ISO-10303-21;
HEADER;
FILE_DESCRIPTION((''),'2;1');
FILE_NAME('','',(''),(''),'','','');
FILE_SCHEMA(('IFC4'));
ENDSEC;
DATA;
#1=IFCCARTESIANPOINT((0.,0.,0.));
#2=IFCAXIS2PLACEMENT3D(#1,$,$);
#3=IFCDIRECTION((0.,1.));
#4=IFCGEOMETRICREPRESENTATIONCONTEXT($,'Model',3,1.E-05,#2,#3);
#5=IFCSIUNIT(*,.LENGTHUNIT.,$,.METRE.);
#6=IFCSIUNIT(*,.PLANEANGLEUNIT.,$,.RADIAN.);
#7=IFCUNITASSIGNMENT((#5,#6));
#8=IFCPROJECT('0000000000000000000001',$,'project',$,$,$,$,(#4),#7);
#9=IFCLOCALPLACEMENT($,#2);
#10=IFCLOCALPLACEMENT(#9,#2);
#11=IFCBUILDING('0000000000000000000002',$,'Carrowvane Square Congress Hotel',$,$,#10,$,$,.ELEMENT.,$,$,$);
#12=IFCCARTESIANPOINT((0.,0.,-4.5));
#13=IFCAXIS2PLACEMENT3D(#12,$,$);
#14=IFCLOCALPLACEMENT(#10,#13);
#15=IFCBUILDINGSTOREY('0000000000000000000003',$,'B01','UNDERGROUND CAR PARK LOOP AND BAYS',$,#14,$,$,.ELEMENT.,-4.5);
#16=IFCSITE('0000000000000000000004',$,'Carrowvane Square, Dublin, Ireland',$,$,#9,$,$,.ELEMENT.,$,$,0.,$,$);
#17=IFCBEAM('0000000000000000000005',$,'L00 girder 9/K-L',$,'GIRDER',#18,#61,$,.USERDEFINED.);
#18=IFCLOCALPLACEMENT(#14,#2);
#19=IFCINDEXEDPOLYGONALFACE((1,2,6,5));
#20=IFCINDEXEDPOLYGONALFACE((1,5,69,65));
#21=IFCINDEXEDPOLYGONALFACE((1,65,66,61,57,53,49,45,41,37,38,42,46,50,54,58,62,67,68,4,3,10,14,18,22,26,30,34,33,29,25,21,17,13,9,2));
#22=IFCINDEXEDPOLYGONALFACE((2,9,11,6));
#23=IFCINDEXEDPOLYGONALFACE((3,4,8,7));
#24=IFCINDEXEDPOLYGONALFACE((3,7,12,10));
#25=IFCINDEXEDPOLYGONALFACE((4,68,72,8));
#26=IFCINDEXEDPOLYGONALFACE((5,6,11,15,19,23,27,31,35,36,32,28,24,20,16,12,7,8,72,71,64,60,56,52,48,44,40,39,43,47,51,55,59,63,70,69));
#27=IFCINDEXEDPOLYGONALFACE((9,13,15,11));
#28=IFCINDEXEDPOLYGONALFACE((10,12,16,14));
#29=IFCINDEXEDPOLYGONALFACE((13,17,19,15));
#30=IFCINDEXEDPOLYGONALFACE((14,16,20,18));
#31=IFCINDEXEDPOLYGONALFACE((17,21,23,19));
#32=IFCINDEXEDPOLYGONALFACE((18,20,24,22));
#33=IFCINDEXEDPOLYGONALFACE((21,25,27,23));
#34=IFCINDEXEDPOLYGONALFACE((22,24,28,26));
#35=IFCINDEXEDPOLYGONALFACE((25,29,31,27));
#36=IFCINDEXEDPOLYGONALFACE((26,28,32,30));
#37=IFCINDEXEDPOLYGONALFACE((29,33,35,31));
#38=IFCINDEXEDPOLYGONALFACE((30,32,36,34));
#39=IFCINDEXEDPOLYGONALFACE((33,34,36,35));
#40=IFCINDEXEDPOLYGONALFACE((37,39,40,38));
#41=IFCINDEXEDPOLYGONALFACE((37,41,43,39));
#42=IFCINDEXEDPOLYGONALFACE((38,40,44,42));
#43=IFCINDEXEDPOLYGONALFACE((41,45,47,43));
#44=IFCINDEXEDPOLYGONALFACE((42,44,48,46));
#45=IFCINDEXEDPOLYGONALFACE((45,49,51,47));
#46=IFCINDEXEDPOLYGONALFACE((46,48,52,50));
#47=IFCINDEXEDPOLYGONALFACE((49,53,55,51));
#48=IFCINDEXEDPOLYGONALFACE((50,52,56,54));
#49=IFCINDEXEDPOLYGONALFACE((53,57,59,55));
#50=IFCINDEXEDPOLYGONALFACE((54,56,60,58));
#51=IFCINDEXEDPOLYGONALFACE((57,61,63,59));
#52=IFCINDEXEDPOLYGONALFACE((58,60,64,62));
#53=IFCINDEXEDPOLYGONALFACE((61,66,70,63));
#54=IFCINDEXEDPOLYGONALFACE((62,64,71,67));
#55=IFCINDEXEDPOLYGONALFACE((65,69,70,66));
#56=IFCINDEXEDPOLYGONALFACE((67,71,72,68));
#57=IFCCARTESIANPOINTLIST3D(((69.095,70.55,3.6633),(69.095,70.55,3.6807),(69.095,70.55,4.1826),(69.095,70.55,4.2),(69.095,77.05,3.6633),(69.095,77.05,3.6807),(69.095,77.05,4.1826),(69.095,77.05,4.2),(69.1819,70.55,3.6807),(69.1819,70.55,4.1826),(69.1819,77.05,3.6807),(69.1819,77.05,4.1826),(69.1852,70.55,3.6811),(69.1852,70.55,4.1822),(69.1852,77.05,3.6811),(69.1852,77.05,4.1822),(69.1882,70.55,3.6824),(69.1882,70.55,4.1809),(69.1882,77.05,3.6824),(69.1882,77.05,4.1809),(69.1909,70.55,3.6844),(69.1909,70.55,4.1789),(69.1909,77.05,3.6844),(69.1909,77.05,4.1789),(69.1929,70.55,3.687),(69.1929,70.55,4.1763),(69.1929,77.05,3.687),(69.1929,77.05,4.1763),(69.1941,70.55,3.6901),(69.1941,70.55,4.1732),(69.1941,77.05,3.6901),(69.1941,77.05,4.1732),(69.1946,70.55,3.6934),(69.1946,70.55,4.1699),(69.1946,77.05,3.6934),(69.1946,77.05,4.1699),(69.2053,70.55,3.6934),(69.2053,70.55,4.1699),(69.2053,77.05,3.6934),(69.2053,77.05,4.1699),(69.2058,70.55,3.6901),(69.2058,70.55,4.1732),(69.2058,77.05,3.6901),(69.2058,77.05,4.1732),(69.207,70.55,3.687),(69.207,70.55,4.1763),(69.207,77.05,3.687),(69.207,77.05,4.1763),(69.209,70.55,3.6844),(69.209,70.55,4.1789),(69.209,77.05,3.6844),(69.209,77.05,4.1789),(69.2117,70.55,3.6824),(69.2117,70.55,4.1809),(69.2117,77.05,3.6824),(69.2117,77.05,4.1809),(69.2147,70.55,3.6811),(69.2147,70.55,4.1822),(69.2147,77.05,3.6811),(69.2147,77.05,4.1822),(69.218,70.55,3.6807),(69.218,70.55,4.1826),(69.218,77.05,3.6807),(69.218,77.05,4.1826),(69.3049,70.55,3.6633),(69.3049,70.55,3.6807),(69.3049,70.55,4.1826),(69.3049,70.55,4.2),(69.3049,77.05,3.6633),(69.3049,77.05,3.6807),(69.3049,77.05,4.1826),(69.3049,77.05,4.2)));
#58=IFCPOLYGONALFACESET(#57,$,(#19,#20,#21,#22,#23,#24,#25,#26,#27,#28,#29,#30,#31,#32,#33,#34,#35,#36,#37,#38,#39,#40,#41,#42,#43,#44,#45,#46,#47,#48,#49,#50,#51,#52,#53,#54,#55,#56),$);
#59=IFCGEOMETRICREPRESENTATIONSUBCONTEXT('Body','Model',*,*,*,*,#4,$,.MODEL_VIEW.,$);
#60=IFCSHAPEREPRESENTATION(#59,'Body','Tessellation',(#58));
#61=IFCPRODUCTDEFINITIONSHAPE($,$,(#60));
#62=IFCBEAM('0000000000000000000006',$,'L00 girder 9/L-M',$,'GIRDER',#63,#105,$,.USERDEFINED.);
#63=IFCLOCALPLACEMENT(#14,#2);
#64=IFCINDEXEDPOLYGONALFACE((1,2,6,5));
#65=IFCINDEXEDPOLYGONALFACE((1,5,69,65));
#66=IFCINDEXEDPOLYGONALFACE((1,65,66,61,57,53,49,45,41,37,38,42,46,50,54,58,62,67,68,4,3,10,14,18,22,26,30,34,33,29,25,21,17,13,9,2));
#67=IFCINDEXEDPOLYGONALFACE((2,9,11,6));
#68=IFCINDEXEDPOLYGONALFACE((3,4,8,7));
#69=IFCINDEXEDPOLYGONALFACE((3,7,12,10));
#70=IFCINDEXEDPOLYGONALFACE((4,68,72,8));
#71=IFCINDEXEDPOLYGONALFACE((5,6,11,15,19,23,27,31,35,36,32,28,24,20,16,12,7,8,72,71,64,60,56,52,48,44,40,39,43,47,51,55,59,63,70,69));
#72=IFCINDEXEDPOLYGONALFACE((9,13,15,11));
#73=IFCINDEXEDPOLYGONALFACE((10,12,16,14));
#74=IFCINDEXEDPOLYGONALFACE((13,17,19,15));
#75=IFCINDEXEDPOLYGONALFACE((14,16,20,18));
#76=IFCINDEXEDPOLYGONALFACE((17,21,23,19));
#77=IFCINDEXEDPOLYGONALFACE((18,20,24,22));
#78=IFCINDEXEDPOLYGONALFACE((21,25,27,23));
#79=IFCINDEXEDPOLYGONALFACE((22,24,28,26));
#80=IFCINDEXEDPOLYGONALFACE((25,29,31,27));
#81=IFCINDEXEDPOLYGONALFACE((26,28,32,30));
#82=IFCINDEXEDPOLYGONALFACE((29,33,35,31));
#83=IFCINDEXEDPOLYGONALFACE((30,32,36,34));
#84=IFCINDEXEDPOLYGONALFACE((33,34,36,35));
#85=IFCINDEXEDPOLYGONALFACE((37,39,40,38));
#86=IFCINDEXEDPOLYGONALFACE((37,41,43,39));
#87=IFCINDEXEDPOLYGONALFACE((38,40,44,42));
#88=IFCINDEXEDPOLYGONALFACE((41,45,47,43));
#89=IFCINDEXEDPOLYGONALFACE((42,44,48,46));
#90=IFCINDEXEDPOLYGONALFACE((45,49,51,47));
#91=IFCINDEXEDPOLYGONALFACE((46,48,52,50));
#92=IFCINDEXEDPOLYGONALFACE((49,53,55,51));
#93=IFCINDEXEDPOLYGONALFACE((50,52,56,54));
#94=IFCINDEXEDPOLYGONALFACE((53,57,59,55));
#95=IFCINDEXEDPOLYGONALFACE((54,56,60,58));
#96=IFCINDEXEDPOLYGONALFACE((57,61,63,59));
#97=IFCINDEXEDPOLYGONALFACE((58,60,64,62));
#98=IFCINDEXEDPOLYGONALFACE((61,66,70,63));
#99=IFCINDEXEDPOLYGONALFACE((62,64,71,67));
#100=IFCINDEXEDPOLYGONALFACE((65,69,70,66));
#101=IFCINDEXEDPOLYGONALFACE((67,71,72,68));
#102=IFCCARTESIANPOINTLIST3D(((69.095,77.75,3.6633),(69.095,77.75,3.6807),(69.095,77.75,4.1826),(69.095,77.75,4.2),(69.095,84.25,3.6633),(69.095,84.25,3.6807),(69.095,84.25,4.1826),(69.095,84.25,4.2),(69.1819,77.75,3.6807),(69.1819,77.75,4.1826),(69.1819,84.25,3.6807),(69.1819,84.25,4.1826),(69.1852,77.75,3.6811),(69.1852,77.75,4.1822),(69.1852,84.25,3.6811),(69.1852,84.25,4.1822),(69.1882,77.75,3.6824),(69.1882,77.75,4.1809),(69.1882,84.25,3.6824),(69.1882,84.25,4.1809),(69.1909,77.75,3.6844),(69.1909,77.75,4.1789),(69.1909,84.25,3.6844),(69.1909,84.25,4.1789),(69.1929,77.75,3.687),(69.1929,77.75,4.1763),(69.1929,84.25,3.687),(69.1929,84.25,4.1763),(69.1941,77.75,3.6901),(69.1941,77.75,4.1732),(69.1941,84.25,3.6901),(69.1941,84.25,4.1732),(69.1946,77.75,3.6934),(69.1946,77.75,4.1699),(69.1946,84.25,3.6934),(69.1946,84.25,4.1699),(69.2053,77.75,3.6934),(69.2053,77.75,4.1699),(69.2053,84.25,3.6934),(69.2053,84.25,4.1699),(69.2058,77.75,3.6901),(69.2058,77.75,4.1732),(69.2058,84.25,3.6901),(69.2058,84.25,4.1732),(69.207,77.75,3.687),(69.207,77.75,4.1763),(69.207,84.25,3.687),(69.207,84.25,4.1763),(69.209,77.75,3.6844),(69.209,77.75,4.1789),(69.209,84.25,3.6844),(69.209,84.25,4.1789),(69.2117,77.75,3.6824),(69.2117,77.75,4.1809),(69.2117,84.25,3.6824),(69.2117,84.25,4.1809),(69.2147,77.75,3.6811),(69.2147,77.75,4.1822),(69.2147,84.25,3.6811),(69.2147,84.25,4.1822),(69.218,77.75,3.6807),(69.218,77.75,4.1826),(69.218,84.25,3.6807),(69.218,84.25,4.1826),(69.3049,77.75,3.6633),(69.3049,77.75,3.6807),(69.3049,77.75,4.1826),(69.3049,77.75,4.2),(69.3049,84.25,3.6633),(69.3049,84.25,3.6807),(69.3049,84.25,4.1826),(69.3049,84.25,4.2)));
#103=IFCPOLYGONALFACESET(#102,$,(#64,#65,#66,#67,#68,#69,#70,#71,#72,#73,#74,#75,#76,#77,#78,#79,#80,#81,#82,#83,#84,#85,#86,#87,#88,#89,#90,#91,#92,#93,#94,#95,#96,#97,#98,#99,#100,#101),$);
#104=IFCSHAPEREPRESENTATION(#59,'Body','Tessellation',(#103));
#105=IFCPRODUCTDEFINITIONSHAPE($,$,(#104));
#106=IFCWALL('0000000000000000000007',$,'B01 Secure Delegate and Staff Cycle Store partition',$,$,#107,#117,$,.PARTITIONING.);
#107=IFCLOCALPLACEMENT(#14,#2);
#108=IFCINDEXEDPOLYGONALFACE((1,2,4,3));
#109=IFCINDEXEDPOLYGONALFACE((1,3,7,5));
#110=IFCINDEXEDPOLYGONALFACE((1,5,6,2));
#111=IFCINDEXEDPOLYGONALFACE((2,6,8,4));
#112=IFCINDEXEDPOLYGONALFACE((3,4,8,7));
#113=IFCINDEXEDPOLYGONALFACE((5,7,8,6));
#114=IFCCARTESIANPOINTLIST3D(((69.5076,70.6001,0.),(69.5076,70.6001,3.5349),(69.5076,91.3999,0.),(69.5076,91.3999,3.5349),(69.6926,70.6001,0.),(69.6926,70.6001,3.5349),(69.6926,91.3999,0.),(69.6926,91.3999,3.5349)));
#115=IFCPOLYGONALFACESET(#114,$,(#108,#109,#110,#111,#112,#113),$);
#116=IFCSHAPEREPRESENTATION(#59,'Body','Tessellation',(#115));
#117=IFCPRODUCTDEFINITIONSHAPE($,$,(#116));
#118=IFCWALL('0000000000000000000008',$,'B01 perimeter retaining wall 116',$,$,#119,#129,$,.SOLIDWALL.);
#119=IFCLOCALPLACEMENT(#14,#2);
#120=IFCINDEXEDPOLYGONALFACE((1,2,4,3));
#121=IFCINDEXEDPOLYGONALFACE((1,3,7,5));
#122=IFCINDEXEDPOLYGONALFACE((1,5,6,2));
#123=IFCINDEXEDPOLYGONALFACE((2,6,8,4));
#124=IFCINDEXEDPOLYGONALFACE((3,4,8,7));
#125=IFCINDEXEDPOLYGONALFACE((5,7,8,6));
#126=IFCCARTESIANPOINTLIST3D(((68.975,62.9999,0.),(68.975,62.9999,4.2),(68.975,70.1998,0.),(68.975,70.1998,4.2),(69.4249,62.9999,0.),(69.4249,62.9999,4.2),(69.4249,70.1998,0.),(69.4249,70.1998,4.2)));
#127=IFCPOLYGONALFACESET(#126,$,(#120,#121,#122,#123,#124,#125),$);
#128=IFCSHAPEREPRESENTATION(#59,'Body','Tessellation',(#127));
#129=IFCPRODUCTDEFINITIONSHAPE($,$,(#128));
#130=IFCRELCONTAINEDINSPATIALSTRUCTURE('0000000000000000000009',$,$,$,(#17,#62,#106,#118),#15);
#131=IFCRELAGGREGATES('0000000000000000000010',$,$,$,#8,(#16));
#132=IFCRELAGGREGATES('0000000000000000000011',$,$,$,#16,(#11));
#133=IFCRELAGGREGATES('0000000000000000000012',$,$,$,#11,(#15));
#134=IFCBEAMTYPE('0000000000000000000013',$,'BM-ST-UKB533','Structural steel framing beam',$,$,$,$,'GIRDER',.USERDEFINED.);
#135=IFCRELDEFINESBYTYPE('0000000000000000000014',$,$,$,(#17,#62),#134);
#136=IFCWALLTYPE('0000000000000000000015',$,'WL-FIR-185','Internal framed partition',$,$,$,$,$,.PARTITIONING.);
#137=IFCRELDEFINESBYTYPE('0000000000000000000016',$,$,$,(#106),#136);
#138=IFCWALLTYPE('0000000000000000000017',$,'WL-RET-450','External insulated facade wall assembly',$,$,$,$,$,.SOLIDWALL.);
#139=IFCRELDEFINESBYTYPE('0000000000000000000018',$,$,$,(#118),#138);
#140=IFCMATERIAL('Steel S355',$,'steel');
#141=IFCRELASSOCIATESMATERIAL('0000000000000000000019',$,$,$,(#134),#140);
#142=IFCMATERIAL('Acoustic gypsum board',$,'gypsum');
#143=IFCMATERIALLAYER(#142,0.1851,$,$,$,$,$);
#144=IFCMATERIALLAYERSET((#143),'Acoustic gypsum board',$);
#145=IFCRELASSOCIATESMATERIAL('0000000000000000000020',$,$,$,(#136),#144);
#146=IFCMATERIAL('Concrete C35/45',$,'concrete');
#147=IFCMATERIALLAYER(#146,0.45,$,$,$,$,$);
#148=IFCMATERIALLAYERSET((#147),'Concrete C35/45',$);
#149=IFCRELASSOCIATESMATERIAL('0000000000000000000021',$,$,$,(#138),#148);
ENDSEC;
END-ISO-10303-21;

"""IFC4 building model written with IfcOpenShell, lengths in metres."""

from ifc_helpers import new_model, si_unit, direction, frame, frame_2d, origin, origin_2d, place, context, subcontext, project, spatial, rectangle, i_section, extrude, material, layer, layer_set, material_profile, profile_set, type_object, element, save


model = new_model("IFC4")

# Units and contexts
model_context = context("Model", 3, precision=1e-05, world=origin(), true_north=direction((0.0, 1.0)))
body_context = subcontext(model_context, "Body", "Model", "MODEL_VIEW")
ifc_project = project(units=[si_unit("LENGTHUNIT", "METRE"), si_unit("PLANEANGLEUNIT", "RADIAN")], contexts=[model_context])

# Site, building, storey
site_placement = place(None, origin())
site = spatial("IfcSite", under=ifc_project, at=site_placement, Name="Carrowvane Square, Dublin, Ireland", CompositionType="ELEMENT", RefElevation=0.0)
building_placement = place(site_placement, origin())
building = spatial("IfcBuilding", under=site, at=building_placement, Name="Carrowvane Square Congress Hotel", CompositionType="ELEMENT")
storey_placement = place(building_placement, frame((0.0, 0.0, -4.5)))
storey = spatial("IfcBuildingStorey", under=building, at=storey_placement, Name="B01", Description="UNDERGROUND CAR PARK LOOP AND BAYS", CompositionType="ELEMENT", Elevation=-4.5)

# Beams
ifc_material_1 = material(Name="Steel S355", Category="steel")
ifc_material_profile_1 = material_profile(ifc_material_1, i_section(OverallWidth=0.21, OverallDepth=0.5366, WebThickness=0.0107, FlangeThickness=0.0173, FilletRadius=0.0127, at=origin_2d()), Name="UKB 533x210x101")
ifc_profile_set_1 = profile_set([ifc_material_profile_1], Name="Steel S355")
beam_type_1 = type_object("IfcBeamType", Name="BM-ST-UKB533", Description="Structural steel framing beam", ElementType="GIRDER", PredefinedType="USERDEFINED", material=ifc_profile_set_1)
for number, where, z_axis, x_axis, name in (
    (1, (69.2, 70.55, 3.9316), (0.0, 1.0, 0.0), (-1.0, 0.0, 0.0), "L00 girder 9/K-L"),
    (2, (69.2, 77.75, 3.9316), (0.0, 1.0, 0.0), (-1.0, 0.0, 0.0), "L00 girder 9/L-M"),
):
    element("IfcBeam", number, at=place(storey_placement, frame(where, z_axis=z_axis, x_axis=x_axis)), inside=storey, type_object=beam_type_1, Name=name, ObjectType="GIRDER", PredefinedType="USERDEFINED", context=body_context, shape_type="SweptSolid", body=[
        extrude(i_section(OverallWidth=0.21, OverallDepth=0.5366, WebThickness=0.0107, FlangeThickness=0.0173, FilletRadius=0.0127, at=origin_2d()), origin(), (0.0, 0.0, 1.0), 6.5),
    ])

# Walls
ifc_material_2 = material(Name="Acoustic gypsum board", Category="gypsum")
ifc_layer_1 = layer(ifc_material_2, 0.1851)
ifc_layer_set_1 = layer_set([ifc_layer_1], Name="Acoustic gypsum board")
wall_type_1 = type_object("IfcWallType", Name="WL-FIR-185", Description="Internal framed partition", PredefinedType="PARTITIONING", material=ifc_layer_set_1)
wall_1_placement = place(storey_placement, frame((69.6001, 70.6001, 0.0), z_axis=(0.0, 0.0, 1.0), x_axis=(0.0, 1.0, 0.0)))
element("IfcWall", 3, at=wall_1_placement, inside=storey, type_object=wall_type_1, Name="B01 Secure Delegate and Staff Cycle Store partition", PredefinedType="PARTITIONING", context=body_context, shape_type="SweptSolid", body=[
    extrude(rectangle(XDim=20.7998, YDim=0.1851, at=frame_2d((10.3999, 0.0))), origin(), (0.0, 0.0, 1.0), 3.5349),
])
ifc_material_3 = material(Name="Concrete C35/45", Category="concrete")
ifc_layer_2 = layer(ifc_material_3, 0.45)
ifc_layer_set_2 = layer_set([ifc_layer_2], Name="Concrete C35/45")
wall_type_2 = type_object("IfcWallType", Name="WL-RET-450", Description="External insulated facade wall assembly", PredefinedType="SOLIDWALL", material=ifc_layer_set_2)
wall_2_placement = place(storey_placement, frame((69.2, 70.2, 0.0), z_axis=(0.0, 0.0, 1.0), x_axis=(0.0, -1.0, 0.0)))
element("IfcWall", 4, at=wall_2_placement, inside=storey, type_object=wall_type_2, Name="B01 perimeter retaining wall 116", PredefinedType="SOLIDWALL", context=body_context, shape_type="SweptSolid", body=[
    extrude(rectangle(XDim=7.2, YDim=0.45, at=frame_2d((3.6001, 0.0))), origin(), (0.0, 0.0, 1.0), 4.2),
])

save(model, "model.ifc")
